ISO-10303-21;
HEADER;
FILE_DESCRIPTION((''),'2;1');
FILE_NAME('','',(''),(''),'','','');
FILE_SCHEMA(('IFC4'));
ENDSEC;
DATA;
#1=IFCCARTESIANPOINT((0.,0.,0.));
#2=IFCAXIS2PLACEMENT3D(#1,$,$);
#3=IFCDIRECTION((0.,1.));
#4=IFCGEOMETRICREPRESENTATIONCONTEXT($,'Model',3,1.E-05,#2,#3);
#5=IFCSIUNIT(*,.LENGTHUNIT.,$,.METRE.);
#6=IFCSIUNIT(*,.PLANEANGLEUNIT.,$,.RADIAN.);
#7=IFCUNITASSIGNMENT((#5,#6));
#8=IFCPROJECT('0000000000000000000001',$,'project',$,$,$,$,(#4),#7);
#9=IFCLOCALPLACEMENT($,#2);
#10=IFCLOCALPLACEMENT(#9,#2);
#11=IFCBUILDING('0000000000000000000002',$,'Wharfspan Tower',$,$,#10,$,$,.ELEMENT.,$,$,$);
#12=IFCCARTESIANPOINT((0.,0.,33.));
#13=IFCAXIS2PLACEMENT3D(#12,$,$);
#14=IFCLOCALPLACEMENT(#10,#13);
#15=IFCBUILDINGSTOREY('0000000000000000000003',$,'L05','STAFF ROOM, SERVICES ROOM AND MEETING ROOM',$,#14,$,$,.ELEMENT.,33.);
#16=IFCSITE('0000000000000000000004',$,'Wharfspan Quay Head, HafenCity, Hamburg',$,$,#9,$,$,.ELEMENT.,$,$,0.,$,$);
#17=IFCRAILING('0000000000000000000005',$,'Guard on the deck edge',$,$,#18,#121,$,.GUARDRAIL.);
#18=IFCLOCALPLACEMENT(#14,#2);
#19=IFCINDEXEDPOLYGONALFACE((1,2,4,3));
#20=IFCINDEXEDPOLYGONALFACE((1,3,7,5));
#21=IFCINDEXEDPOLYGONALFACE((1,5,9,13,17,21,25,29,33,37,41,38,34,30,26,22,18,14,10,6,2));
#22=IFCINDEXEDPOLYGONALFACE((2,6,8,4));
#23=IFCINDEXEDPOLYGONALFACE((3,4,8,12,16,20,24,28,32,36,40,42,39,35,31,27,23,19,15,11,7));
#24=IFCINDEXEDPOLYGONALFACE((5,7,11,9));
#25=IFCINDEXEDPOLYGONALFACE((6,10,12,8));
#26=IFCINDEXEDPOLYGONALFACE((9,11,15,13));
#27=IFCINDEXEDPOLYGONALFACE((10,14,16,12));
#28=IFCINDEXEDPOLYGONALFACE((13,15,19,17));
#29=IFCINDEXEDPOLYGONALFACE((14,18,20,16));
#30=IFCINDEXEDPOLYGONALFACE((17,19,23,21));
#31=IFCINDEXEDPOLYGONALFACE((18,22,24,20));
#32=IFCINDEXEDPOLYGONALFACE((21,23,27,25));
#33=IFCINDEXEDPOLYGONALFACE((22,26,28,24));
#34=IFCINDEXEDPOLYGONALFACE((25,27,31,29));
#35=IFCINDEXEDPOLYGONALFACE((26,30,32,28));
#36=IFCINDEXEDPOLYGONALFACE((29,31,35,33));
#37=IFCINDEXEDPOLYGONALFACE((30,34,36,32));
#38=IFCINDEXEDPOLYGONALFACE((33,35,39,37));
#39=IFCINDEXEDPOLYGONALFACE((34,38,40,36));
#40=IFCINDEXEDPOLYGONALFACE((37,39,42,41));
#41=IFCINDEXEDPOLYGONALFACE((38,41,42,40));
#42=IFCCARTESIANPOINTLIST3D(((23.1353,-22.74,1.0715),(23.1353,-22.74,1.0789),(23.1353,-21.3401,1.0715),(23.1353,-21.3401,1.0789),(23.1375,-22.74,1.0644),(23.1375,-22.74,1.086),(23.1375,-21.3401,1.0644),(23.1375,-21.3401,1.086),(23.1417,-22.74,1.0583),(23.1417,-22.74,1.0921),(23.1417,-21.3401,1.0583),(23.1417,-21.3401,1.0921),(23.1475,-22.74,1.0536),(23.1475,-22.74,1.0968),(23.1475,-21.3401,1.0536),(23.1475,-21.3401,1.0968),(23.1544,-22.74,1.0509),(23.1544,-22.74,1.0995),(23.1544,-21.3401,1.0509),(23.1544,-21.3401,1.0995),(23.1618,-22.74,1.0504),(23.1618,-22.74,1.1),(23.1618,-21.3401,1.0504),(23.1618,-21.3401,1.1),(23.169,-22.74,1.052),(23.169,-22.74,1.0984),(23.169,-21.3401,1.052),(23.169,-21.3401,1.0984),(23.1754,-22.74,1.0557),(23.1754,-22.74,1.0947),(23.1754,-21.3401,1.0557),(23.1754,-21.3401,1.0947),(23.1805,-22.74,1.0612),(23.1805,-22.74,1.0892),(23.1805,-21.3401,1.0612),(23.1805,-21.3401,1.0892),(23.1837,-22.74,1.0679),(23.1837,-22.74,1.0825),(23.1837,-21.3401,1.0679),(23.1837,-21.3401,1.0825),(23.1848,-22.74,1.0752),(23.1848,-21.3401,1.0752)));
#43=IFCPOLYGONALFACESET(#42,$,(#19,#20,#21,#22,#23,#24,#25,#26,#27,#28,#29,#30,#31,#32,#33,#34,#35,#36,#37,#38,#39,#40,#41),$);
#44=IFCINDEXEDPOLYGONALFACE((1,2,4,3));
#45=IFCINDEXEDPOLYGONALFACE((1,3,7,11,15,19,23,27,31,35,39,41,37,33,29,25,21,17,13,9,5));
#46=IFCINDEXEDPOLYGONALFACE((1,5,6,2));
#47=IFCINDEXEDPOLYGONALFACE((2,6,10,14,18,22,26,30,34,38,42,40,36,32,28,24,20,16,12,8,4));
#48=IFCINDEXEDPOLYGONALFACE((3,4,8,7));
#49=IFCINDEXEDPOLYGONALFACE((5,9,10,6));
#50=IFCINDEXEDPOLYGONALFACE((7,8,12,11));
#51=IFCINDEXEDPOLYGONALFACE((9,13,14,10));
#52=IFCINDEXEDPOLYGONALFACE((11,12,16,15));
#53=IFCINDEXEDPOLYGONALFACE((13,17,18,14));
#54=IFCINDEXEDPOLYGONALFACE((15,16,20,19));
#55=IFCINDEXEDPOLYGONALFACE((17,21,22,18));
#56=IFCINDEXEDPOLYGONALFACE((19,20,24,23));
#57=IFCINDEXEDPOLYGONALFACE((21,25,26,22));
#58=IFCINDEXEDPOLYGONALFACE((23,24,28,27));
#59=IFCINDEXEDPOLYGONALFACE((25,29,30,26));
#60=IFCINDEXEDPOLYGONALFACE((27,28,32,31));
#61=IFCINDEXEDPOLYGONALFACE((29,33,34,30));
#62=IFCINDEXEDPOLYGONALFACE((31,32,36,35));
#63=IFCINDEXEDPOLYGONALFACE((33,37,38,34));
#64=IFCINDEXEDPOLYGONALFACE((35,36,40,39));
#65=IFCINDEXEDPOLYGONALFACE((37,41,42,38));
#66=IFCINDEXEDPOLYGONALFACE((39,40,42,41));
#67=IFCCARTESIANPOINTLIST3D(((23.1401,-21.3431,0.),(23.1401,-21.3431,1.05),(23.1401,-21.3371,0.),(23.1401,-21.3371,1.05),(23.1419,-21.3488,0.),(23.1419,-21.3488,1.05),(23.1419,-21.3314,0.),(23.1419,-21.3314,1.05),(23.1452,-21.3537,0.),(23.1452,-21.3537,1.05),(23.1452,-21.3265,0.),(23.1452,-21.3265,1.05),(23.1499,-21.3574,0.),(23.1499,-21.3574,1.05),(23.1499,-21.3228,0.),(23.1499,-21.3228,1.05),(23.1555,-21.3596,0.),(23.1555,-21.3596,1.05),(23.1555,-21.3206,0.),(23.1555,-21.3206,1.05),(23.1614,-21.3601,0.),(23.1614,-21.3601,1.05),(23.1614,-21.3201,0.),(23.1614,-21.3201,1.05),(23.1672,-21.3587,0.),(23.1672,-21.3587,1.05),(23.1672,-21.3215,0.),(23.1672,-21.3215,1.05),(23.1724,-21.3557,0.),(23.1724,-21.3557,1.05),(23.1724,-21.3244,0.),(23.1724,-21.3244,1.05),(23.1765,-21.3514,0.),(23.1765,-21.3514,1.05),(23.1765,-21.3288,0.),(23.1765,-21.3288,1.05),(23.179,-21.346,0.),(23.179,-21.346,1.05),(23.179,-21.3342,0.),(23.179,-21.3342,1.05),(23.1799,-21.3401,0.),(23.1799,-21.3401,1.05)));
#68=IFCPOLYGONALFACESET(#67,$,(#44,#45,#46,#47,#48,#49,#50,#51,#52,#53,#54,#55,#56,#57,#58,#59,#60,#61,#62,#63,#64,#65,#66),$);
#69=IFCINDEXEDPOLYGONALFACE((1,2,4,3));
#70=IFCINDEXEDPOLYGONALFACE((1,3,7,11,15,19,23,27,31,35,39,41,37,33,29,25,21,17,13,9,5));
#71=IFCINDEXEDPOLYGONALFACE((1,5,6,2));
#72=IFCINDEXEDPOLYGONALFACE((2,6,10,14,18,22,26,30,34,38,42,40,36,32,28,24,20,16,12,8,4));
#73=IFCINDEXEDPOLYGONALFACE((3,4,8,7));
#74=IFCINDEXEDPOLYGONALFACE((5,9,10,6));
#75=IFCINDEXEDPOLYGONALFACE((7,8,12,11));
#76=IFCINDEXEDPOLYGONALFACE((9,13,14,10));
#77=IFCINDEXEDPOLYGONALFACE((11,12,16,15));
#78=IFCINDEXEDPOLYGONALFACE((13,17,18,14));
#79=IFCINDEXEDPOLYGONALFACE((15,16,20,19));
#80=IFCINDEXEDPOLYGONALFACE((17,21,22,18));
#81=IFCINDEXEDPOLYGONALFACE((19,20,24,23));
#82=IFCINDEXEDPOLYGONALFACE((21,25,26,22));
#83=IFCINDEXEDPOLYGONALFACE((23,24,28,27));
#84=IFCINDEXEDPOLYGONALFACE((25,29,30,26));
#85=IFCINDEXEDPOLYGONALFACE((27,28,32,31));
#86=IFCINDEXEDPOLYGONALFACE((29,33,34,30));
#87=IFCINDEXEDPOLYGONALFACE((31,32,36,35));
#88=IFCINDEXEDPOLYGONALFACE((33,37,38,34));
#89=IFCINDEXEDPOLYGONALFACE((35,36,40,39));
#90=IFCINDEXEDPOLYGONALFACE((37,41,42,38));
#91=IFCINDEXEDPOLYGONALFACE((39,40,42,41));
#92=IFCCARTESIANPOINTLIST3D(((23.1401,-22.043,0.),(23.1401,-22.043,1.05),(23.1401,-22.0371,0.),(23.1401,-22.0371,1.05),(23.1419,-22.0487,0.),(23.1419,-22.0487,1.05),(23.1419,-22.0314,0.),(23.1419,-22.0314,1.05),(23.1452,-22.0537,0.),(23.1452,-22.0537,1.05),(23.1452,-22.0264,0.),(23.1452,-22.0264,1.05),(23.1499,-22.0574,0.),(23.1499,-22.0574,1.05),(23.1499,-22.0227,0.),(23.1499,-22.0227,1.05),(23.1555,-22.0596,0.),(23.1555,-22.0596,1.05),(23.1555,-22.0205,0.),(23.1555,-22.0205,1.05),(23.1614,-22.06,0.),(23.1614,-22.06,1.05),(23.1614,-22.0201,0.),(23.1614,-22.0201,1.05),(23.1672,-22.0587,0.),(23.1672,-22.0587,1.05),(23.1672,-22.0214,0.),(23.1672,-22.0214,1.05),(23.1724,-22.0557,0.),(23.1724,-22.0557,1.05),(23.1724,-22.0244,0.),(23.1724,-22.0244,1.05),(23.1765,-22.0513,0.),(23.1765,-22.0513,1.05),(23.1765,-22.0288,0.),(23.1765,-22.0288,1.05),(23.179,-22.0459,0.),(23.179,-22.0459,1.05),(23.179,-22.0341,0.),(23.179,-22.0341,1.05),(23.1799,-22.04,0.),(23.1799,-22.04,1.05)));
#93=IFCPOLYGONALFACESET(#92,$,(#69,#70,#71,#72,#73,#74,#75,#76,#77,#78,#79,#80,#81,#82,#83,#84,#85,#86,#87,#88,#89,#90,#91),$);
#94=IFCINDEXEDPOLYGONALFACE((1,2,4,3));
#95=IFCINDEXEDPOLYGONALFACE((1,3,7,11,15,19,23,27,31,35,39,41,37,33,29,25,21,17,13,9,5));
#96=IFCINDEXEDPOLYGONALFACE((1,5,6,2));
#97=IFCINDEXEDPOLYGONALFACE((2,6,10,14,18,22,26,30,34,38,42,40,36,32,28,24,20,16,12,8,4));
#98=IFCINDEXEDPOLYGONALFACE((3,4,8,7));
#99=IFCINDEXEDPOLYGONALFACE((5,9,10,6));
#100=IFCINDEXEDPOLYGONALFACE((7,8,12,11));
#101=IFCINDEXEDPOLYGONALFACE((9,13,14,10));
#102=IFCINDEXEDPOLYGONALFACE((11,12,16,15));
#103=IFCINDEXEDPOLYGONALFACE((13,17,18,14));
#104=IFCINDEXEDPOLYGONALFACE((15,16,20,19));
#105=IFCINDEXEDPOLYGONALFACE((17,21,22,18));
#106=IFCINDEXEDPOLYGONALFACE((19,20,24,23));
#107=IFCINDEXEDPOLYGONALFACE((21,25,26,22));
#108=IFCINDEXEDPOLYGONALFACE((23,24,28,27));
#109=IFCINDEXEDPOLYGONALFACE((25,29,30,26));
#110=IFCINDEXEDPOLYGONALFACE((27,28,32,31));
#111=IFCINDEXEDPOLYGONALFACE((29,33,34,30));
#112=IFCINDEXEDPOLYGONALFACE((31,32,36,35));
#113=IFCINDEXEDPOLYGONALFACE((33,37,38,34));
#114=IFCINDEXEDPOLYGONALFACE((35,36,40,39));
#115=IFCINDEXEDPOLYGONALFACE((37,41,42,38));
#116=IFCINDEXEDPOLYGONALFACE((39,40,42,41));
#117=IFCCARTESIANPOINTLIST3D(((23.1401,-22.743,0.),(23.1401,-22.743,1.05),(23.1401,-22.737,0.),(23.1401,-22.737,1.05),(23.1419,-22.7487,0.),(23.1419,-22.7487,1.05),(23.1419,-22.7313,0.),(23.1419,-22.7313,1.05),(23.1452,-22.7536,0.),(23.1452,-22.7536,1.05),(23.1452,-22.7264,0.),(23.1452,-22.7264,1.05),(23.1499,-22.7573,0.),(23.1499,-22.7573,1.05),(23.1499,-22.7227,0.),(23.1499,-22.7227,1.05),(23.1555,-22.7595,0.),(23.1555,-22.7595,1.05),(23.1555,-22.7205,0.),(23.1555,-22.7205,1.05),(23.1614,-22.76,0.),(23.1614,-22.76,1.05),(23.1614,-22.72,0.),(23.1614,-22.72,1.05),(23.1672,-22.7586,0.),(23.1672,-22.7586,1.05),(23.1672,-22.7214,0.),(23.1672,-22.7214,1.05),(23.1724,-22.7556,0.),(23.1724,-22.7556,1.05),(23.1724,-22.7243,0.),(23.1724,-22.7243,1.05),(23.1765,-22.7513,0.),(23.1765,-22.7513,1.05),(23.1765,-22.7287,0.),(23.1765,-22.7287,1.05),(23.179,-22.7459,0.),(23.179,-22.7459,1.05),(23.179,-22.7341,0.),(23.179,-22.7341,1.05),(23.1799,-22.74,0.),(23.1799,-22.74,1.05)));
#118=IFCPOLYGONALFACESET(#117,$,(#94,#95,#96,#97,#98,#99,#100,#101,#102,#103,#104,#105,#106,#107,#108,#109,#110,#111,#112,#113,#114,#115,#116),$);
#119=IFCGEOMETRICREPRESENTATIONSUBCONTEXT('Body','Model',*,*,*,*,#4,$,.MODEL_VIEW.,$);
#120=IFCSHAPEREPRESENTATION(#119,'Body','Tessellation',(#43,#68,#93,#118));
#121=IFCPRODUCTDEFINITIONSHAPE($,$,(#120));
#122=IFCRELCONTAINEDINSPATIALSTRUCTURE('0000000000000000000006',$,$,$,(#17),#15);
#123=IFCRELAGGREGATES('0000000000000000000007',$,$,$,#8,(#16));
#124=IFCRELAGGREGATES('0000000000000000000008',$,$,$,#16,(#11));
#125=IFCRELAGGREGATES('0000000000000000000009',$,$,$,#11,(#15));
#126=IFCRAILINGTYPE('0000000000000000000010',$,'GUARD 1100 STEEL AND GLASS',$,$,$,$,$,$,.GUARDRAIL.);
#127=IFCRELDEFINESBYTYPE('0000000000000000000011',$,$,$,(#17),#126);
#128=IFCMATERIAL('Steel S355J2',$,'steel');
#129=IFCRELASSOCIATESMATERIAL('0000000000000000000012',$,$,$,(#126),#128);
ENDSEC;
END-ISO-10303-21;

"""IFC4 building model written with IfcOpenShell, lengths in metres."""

from ifc_helpers import new_model, si_unit, direction, frame, origin, origin_2d, place, context, subcontext, project, spatial, circle, extrude, material, type_object, element, save


model = new_model("IFC4")

# Units and contexts
model_context = context("Model", 3, precision=1e-05, world=origin(), true_north=direction((0.0, 1.0)))
body_context = subcontext(model_context, "Body", "Model", "MODEL_VIEW")
ifc_project = project(units=[si_unit("LENGTHUNIT", "METRE"), si_unit("PLANEANGLEUNIT", "RADIAN")], contexts=[model_context])

# Site, building, storey
site_placement = place(None, origin())
site = spatial("IfcSite", under=ifc_project, at=site_placement, Name="Wharfspan Quay Head, HafenCity, Hamburg", CompositionType="ELEMENT", RefElevation=0.0)
building_placement = place(site_placement, origin())
building = spatial("IfcBuilding", under=site, at=building_placement, Name="Wharfspan Tower", CompositionType="ELEMENT")
storey_placement = place(building_placement, frame((0.0, 0.0, 33.0)))
storey = spatial("IfcBuildingStorey", under=building, at=storey_placement, Name="L05", Description="STAFF ROOM, SERVICES ROOM AND MEETING ROOM", CompositionType="ELEMENT", Elevation=33.0)

# Railing
ifc_material_1 = material(Name="Steel S355J2", Category="steel")
railing_type = type_object("IfcRailingType", Name="GUARD 1100 STEEL AND GLASS", PredefinedType="GUARDRAIL", material=ifc_material_1)
railing_1_placement = place(storey_placement, frame((23.1599, -21.3401, 0.0)))
element("IfcRailing", 1, at=railing_1_placement, inside=storey, type_object=railing_type, Name="Guard on the deck edge", PredefinedType="GUARDRAIL", context=body_context, shape_type="SweptSolid", body=[
    extrude(circle(Radius=0.0249, at=origin_2d()), frame((0.0, 0.0, 1.0752), z_axis=(0.0, -1.0, 0.0), x_axis=(1.0, 0.0, 0.0)), (0.0, 0.0, 1.0), 1.3999),
    extrude(circle(Radius=0.02, at=origin_2d()), origin(), (0.0, 0.0, 1.0), 1.05),
    extrude(circle(Radius=0.02, at=origin_2d()), frame((0.0, -0.7, 0.0)), (0.0, 0.0, 1.0), 1.05),
    extrude(circle(Radius=0.02, at=origin_2d()), frame((0.0, -1.3999, 0.0)), (0.0, 0.0, 1.0), 1.05),
])

save(model, "model.ifc")
